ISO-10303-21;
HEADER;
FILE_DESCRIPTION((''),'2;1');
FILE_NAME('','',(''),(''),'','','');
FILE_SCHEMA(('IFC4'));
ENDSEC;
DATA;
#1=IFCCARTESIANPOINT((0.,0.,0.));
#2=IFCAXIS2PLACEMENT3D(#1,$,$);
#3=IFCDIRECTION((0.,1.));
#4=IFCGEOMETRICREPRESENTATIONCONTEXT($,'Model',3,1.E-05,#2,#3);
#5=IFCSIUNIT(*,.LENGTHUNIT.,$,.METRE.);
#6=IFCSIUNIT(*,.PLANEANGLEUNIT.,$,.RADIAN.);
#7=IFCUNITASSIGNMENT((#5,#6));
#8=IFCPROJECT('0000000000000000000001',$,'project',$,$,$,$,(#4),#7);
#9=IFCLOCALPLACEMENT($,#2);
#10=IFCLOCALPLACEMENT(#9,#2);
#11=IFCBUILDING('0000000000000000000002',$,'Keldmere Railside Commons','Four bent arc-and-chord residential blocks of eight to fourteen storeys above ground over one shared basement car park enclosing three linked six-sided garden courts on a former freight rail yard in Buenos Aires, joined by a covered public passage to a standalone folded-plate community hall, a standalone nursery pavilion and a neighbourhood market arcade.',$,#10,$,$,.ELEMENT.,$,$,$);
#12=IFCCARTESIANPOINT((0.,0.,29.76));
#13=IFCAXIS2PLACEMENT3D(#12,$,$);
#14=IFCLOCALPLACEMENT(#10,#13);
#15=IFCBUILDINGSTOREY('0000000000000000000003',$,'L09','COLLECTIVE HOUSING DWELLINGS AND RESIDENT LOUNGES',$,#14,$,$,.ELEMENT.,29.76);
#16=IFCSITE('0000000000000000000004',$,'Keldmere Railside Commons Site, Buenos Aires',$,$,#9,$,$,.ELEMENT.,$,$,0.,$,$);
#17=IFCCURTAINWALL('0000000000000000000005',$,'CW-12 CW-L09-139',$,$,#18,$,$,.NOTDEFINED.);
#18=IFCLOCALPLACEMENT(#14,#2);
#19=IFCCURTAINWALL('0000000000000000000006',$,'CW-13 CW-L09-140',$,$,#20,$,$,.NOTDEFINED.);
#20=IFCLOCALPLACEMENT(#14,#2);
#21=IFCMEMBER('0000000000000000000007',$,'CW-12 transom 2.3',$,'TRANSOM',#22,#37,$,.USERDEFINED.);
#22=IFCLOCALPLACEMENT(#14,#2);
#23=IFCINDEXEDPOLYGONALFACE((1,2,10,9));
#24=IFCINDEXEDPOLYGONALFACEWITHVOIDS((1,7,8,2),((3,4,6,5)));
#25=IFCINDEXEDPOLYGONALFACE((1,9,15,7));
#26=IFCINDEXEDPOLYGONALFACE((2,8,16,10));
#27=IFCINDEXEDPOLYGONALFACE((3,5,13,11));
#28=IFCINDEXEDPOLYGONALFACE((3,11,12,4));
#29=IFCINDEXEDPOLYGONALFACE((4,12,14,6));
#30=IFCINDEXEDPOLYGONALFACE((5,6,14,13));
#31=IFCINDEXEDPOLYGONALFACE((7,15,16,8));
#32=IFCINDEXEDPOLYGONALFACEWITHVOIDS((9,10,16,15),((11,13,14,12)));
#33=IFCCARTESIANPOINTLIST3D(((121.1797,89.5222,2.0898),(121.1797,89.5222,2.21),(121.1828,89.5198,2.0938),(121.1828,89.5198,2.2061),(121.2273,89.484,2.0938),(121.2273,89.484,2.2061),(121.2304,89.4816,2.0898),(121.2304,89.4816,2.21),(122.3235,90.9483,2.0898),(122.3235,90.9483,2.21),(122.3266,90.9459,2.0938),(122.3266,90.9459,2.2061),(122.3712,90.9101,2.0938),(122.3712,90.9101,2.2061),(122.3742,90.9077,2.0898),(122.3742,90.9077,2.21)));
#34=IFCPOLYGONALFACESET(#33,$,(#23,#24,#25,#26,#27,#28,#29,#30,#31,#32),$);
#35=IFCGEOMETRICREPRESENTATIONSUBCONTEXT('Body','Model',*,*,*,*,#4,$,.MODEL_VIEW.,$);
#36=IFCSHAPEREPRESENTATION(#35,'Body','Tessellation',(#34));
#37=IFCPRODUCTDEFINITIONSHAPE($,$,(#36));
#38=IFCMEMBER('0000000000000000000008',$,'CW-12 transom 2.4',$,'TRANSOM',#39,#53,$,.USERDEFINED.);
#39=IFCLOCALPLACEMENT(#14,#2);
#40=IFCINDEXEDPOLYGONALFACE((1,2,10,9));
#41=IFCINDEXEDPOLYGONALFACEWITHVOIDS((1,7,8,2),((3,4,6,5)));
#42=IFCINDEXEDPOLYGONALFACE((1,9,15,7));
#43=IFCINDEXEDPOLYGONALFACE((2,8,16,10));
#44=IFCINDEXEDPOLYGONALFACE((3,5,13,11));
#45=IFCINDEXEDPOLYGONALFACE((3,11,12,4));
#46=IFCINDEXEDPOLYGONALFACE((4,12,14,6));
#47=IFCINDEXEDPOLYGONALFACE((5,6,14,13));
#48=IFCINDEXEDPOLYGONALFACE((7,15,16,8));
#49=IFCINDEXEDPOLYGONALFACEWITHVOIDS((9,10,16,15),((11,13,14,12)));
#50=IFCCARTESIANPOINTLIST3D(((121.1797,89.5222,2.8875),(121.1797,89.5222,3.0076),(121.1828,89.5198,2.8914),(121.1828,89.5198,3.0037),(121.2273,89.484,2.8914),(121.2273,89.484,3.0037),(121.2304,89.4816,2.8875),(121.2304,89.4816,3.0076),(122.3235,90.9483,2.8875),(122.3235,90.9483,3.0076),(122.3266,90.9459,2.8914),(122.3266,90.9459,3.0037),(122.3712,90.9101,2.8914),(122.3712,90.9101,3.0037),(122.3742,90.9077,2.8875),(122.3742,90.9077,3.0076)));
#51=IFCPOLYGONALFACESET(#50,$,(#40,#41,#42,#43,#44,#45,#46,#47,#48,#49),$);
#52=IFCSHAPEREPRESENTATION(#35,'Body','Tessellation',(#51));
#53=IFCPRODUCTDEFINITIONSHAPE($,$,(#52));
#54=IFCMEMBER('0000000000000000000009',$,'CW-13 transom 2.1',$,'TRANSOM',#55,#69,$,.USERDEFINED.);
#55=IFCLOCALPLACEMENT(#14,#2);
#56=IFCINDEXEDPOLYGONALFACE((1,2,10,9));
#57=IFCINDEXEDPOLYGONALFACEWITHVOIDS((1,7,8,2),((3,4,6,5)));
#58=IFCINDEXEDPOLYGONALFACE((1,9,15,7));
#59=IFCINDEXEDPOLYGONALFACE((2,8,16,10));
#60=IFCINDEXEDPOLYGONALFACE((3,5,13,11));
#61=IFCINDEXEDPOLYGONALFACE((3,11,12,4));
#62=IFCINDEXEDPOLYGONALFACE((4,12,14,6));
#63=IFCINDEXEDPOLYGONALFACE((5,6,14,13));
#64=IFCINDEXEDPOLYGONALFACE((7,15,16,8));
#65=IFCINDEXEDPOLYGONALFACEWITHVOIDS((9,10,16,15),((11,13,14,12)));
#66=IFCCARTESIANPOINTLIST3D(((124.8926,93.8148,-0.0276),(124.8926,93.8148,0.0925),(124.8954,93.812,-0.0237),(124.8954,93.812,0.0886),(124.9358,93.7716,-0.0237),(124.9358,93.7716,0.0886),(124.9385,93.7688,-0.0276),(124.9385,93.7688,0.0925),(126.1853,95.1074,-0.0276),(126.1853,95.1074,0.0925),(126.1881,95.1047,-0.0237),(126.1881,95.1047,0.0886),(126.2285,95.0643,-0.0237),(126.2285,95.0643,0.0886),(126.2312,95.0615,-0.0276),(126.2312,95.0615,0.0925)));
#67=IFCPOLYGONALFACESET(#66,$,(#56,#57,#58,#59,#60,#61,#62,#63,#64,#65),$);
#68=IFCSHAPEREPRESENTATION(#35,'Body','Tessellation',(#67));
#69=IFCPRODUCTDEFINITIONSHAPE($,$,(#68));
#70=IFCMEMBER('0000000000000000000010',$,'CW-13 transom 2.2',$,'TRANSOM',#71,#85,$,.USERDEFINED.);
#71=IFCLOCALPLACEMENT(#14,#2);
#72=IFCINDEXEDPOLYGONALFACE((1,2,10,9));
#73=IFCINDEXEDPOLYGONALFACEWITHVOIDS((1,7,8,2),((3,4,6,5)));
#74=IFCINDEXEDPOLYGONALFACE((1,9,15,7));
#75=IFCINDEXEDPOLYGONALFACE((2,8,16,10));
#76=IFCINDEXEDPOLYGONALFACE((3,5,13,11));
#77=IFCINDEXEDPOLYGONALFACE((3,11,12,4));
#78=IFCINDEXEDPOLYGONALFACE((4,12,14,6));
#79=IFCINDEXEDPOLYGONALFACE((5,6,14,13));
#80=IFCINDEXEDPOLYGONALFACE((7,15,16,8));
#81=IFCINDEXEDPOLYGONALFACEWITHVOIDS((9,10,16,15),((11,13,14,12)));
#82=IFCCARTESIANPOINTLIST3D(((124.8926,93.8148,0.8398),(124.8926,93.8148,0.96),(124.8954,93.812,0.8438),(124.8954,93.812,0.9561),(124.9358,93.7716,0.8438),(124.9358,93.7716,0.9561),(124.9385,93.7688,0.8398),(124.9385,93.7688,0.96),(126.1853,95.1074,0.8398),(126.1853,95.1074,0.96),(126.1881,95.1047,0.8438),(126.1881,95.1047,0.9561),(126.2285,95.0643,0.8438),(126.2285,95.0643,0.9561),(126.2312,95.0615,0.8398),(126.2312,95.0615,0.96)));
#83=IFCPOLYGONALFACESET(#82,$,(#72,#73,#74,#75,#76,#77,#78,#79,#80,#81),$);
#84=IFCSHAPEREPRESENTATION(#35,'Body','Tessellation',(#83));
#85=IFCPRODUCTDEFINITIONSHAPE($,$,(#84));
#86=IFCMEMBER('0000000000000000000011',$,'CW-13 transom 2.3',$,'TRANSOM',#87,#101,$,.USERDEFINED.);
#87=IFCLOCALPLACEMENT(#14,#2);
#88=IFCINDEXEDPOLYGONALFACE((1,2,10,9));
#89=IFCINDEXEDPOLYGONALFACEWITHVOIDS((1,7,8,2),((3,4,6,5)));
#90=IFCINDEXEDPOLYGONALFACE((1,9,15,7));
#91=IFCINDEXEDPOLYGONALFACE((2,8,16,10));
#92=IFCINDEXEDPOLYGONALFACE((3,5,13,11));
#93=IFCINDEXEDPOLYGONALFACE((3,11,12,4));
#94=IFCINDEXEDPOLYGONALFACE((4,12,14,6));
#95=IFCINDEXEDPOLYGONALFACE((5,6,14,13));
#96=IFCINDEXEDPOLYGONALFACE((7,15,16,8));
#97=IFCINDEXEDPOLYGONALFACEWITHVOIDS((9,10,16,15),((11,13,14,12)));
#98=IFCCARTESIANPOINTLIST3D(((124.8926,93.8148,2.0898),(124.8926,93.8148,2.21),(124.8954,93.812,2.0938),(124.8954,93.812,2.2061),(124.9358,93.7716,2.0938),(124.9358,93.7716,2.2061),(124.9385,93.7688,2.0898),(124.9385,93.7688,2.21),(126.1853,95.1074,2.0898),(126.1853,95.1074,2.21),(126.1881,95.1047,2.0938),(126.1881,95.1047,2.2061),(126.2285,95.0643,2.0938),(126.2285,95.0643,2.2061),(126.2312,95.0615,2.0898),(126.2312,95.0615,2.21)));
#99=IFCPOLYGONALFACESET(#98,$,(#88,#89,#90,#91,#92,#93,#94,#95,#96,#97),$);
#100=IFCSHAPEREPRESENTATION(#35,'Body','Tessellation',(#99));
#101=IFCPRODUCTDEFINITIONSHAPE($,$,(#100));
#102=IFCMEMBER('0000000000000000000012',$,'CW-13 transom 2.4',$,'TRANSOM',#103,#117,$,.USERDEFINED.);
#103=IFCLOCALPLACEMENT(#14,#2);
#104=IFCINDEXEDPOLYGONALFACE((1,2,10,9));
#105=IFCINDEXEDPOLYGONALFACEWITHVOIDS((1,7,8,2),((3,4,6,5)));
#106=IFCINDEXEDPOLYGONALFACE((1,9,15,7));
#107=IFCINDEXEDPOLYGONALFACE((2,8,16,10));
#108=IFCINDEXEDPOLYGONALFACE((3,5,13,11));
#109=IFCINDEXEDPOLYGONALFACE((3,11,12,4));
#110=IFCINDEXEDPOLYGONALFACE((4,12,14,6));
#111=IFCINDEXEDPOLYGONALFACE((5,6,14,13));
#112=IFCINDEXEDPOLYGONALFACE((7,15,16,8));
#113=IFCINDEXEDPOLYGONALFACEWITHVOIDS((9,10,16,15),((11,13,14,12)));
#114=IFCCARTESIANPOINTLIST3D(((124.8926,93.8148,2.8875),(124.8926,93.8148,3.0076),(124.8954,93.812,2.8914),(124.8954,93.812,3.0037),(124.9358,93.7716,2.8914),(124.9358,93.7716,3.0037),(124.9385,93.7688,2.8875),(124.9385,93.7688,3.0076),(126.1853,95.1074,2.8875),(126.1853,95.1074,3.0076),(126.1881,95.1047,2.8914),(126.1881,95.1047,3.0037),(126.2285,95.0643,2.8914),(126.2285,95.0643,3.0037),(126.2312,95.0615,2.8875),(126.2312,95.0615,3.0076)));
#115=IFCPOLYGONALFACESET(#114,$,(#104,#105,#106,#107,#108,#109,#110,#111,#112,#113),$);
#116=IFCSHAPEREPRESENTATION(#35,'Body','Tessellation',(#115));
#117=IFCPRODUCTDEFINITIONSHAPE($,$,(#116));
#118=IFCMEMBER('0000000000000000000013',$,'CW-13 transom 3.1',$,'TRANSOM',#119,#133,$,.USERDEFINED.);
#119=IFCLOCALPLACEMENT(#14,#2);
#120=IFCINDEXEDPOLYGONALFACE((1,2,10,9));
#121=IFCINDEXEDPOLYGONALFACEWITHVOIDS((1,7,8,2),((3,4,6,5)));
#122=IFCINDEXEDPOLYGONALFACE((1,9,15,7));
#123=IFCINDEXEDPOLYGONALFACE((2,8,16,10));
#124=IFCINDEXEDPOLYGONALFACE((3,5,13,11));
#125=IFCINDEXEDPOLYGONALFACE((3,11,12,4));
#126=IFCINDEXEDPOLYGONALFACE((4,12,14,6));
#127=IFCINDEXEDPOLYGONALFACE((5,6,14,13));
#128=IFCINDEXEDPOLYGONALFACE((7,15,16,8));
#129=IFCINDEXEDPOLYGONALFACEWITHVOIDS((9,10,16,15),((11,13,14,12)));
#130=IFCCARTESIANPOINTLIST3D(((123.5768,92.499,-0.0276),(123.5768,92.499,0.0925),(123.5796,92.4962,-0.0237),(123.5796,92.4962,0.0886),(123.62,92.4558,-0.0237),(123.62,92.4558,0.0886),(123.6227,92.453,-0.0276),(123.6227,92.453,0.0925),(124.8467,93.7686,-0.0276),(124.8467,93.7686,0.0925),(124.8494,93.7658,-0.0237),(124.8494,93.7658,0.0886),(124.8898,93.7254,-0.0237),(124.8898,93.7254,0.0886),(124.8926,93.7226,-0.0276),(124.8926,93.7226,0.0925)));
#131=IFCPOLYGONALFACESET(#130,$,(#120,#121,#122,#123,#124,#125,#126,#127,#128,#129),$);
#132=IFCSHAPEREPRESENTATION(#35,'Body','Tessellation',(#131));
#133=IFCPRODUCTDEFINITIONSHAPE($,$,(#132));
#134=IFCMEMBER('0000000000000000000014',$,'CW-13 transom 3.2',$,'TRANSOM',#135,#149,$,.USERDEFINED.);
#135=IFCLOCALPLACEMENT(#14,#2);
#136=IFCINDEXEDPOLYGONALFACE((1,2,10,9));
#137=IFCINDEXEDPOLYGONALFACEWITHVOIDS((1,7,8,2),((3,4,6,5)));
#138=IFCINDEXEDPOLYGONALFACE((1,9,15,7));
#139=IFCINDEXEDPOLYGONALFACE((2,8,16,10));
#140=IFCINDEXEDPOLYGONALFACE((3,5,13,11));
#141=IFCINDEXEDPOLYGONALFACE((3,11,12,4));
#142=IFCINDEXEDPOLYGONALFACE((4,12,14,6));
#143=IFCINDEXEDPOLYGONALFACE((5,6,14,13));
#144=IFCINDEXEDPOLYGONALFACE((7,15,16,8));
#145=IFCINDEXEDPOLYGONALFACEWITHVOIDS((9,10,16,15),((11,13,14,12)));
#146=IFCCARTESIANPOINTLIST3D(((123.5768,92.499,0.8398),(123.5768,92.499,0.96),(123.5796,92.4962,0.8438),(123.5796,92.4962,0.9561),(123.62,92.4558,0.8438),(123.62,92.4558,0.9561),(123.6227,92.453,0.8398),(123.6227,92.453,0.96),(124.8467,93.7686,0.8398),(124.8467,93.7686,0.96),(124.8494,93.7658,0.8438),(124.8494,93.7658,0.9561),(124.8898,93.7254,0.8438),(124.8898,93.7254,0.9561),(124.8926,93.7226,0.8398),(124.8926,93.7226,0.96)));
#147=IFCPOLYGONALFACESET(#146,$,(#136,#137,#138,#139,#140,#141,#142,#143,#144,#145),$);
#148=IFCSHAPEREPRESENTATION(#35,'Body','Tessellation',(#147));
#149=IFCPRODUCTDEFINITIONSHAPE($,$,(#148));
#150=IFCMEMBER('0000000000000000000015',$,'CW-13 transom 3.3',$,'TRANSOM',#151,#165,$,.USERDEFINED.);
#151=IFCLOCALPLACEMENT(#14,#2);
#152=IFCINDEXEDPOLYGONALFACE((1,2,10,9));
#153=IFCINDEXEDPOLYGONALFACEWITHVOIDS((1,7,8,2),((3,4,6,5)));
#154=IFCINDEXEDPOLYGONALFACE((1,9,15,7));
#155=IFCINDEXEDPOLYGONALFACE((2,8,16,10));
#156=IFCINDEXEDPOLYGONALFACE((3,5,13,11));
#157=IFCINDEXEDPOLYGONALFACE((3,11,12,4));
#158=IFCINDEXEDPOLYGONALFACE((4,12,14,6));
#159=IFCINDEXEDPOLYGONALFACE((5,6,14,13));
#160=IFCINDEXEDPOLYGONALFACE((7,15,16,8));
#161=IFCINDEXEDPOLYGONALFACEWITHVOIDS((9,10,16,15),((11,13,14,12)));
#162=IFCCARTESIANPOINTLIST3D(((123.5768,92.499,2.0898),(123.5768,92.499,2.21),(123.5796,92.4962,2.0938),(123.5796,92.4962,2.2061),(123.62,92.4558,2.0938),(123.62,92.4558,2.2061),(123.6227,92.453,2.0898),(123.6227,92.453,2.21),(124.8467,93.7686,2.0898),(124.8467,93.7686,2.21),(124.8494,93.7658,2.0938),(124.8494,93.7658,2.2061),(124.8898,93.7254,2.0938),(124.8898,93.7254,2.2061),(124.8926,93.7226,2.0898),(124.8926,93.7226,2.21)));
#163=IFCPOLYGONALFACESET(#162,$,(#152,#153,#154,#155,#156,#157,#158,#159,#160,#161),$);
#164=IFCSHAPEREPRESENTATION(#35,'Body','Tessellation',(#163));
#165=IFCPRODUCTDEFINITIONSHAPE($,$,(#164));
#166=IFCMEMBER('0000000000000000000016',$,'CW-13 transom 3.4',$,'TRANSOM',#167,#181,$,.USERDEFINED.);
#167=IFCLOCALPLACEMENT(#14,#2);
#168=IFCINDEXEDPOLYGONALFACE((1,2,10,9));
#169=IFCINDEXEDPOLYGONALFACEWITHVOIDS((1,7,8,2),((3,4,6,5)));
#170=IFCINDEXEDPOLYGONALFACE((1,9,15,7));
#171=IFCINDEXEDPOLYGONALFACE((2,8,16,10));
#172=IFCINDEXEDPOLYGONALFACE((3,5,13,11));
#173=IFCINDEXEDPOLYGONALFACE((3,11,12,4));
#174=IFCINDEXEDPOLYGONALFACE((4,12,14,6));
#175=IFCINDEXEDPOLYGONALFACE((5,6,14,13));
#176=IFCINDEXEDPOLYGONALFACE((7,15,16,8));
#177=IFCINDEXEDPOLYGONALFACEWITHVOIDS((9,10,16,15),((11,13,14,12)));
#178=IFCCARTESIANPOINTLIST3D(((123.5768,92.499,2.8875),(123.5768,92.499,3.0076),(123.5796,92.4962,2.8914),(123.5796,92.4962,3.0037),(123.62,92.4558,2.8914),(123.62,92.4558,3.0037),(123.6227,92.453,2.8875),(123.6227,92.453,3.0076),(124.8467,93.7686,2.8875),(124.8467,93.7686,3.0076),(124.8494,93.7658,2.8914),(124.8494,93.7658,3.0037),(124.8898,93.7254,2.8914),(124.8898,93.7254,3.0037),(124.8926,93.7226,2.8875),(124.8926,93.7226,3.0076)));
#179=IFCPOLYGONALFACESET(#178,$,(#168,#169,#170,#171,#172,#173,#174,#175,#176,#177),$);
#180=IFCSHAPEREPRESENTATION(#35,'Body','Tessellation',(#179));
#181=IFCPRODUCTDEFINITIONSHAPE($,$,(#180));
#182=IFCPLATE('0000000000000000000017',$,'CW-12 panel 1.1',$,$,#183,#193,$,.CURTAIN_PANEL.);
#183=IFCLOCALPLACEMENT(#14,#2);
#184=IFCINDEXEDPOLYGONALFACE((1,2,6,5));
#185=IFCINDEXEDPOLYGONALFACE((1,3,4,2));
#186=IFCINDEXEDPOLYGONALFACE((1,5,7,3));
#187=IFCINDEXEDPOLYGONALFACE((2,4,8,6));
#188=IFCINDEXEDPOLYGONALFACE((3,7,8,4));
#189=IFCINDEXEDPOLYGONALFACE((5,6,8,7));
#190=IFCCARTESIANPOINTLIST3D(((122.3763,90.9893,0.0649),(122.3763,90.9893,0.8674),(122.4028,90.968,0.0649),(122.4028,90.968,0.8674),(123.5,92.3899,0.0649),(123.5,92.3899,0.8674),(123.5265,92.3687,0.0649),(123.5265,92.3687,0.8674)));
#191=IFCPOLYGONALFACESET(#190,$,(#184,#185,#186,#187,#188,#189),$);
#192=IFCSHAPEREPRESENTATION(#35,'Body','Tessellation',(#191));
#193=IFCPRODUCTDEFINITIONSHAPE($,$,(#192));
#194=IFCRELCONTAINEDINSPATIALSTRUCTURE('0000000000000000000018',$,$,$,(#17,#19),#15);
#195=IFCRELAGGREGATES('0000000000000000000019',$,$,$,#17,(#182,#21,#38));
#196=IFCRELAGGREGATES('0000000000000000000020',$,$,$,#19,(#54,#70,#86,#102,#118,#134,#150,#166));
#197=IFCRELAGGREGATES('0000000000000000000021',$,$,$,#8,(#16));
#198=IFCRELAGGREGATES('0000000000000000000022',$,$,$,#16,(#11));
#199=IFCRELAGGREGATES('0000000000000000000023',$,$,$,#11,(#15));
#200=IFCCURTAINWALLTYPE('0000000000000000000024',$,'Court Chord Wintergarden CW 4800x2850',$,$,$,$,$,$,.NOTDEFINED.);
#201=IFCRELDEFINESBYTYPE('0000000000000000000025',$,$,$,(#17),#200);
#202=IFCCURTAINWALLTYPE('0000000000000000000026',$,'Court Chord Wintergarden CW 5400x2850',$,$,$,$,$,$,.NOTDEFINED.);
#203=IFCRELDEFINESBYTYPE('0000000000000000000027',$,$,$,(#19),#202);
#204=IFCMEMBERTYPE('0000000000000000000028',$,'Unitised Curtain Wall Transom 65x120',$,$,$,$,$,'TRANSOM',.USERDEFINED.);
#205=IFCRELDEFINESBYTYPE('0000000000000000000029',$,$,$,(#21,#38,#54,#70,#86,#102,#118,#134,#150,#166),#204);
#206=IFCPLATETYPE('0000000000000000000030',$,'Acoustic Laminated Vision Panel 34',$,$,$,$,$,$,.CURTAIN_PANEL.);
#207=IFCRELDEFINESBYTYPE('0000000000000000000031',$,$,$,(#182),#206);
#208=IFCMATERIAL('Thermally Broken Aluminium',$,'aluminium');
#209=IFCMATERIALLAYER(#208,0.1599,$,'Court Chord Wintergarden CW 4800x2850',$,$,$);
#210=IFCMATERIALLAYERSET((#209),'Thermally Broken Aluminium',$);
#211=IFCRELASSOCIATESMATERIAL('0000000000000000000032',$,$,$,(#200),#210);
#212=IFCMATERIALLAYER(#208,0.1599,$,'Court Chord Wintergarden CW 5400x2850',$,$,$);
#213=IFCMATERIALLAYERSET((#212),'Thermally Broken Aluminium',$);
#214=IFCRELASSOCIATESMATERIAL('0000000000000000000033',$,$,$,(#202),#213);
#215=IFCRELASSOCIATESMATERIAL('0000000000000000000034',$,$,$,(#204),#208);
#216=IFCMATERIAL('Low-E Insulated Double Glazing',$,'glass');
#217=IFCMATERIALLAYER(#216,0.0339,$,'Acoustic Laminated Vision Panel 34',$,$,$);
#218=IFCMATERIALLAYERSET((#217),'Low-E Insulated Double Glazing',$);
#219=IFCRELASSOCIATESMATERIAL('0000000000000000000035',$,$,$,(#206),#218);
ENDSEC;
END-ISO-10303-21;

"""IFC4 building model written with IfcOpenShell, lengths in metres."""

from ifc_helpers import new_model, si_unit, direction, frame, origin, origin_2d, place, context, subcontext, project, spatial, rectangle, hollow_rectangle, extrude, material, layer, layer_set, material_profile, profile_set, type_object, element, aggregate, save


model = new_model("IFC4")

# Units and contexts
model_context = context("Model", 3, precision=1e-05, world=origin(), true_north=direction((0.0, 1.0)))
body_context = subcontext(model_context, "Body", "Model", "MODEL_VIEW")
ifc_project = project(units=[si_unit("LENGTHUNIT", "METRE"), si_unit("PLANEANGLEUNIT", "RADIAN")], contexts=[model_context])

# Site, building, storey
site_placement = place(None, origin())
site = spatial("IfcSite", under=ifc_project, at=site_placement, Name="Keldmere Railside Commons Site, Buenos Aires", CompositionType="ELEMENT", RefElevation=0.0)
building_placement = place(site_placement, origin())
building = spatial("IfcBuilding", under=site, at=building_placement, Name="Keldmere Railside Commons", Description="Four bent arc-and-chord residential blocks of eight to fourteen storeys above ground over one shared basement car park enclosing three linked six-sided garden courts on a former freight rail yard in Buenos Aires, joined by a covered public passage to a standalone folded-plate community hall, a standalone nursery pavilion and a neighbourhood market arcade.", CompositionType="ELEMENT")
storey_placement = place(building_placement, frame((0.0, 0.0, 29.76)))
storey = spatial("IfcBuildingStorey", under=building, at=storey_placement, Name="L09", Description="COLLECTIVE HOUSING DWELLINGS AND RESIDENT LOUNGES", CompositionType="ELEMENT", Elevation=29.76)

# Curtain walls
ifc_material_1 = material(Name="Thermally Broken Aluminium", Category="aluminium")
ifc_layer_1 = layer(ifc_material_1, 0.1599, Name="Court Chord Wintergarden CW 4800x2850")
ifc_layer_set_1 = layer_set([ifc_layer_1], Name="Thermally Broken Aluminium")
curtain_wall_type_1 = type_object("IfcCurtainWallType", Name="Court Chord Wintergarden CW 4800x2850", PredefinedType="NOTDEFINED", material=ifc_layer_set_1)
curtain_wall_1_placement = place(storey_placement, origin())
curtain_wall_1 = element("IfcCurtainWall", 1, at=curtain_wall_1_placement, inside=storey, type_object=curtain_wall_type_1, Name="CW-12 CW-L09-139", PredefinedType="NOTDEFINED")
ifc_layer_2 = layer(ifc_material_1, 0.1599, Name="Court Chord Wintergarden CW 5400x2850")
ifc_layer_set_2 = layer_set([ifc_layer_2], Name="Thermally Broken Aluminium")
curtain_wall_type_2 = type_object("IfcCurtainWallType", Name="Court Chord Wintergarden CW 5400x2850", PredefinedType="NOTDEFINED", material=ifc_layer_set_2)
curtain_wall_2_placement = place(storey_placement, origin())
curtain_wall_2 = element("IfcCurtainWall", 2, at=curtain_wall_2_placement, inside=storey, type_object=curtain_wall_type_2, Name="CW-13 CW-L09-140", PredefinedType="NOTDEFINED")

# Members
ifc_material_profile_1 = material_profile(ifc_material_1, hollow_rectangle(XDim=0.0649, YDim=0.1201, WallThickness=0.0039, at=origin_2d()), Name="ALU-TRAN-65x120")
ifc_profile_set_1 = profile_set([ifc_material_profile_1], Name="Thermally Broken Aluminium")
member_type_1 = type_object("IfcMemberType", Name="Unitised Curtain Wall Transom 65x120", ElementType="TRANSOM", PredefinedType="USERDEFINED", material=ifc_profile_set_1)
member_1_placement = place(storey_placement, frame((122.3489, 90.928, 2.1499), z_axis=(-0.625688, -0.780073, 0.0), x_axis=(0.780073, -0.625688, 0.0)))
member_1 = element("IfcMember", 3, at=member_1_placement, type_object=member_type_1, Name="CW-12 transom 2.3", ObjectType="TRANSOM", PredefinedType="USERDEFINED", context=body_context, shape_type="SweptSolid", body=[
    extrude(hollow_rectangle(XDim=0.0649, YDim=0.1201, WallThickness=0.0039, at=origin_2d()), origin(), (0.0, 0.0, 1.0), 1.8281),
])
member_2_placement = place(storey_placement, frame((122.3489, 90.928, 2.9475), z_axis=(-0.625688, -0.780073, 0.0), x_axis=(0.780073, -0.625688, 0.0)))
member_2 = element("IfcMember", 4, at=member_2_placement, type_object=member_type_1, Name="CW-12 transom 2.4", ObjectType="TRANSOM", PredefinedType="USERDEFINED", context=body_context, shape_type="SweptSolid", body=[
    extrude(hollow_rectangle(XDim=0.0649, YDim=0.1201, WallThickness=0.0039, at=origin_2d()), origin(), (0.0, 0.0, 1.0), 1.8281),
])
member_3_placement = place(storey_placement, frame((126.2083, 95.0845, 0.0325), z_axis=(-0.707107, -0.707107, 0.0), x_axis=(0.707107, -0.707107, 0.0)))
member_3 = element("IfcMember", 5, at=member_3_placement, type_object=member_type_1, Name="CW-13 transom 2.1", ObjectType="TRANSOM", PredefinedType="USERDEFINED", context=body_context, shape_type="SweptSolid", body=[
    extrude(hollow_rectangle(XDim=0.0649, YDim=0.1201, WallThickness=0.0039, at=origin_2d()), origin(), (0.0, 0.0, 1.0), 1.8281),
])
member_4_placement = place(storey_placement, frame((126.2083, 95.0845, 0.8999), z_axis=(-0.707107, -0.707107, 0.0), x_axis=(0.707107, -0.707107, 0.0)))
member_4 = element("IfcMember", 6, at=member_4_placement, type_object=member_type_1, Name="CW-13 transom 2.2", ObjectType="TRANSOM", PredefinedType="USERDEFINED", context=body_context, shape_type="SweptSolid", body=[
    extrude(hollow_rectangle(XDim=0.0649, YDim=0.1201, WallThickness=0.0039, at=origin_2d()), origin(), (0.0, 0.0, 1.0), 1.8281),
])
member_5_placement = place(storey_placement, frame((126.2083, 95.0845, 2.1499), z_axis=(-0.707107, -0.707107, 0.0), x_axis=(0.707107, -0.707107, 0.0)))
member_5 = element("IfcMember", 7, at=member_5_placement, type_object=member_type_1, Name="CW-13 transom 2.3", ObjectType="TRANSOM", PredefinedType="USERDEFINED", context=body_context, shape_type="SweptSolid", body=[
    extrude(hollow_rectangle(XDim=0.0649, YDim=0.1201, WallThickness=0.0039, at=origin_2d()), origin(), (0.0, 0.0, 1.0), 1.8281),
])
member_6_placement = place(storey_placement, frame((126.2083, 95.0845, 2.9475), z_axis=(-0.707107, -0.707107, 0.0), x_axis=(0.707107, -0.707107, 0.0)))
member_6 = element("IfcMember", 8, at=member_6_placement, type_object=member_type_1, Name="CW-13 transom 2.4", ObjectType="TRANSOM", PredefinedType="USERDEFINED", context=body_context, shape_type="SweptSolid", body=[
    extrude(hollow_rectangle(XDim=0.0649, YDim=0.1201, WallThickness=0.0039, at=origin_2d()), origin(), (0.0, 0.0, 1.0), 1.8281),
])
member_7_placement = place(storey_placement, frame((124.8696, 93.7456, 0.0325), z_axis=(-0.707175, -0.707039, 0.0), x_axis=(0.707039, -0.707175, 0.0)))
member_7 = element("IfcMember", 9, at=member_7_placement, type_object=member_type_1, Name="CW-13 transom 3.1", ObjectType="TRANSOM", PredefinedType="USERDEFINED", context=body_context, shape_type="SweptSolid", body=[
    extrude(hollow_rectangle(XDim=0.0649, YDim=0.1201, WallThickness=0.0039, at=origin_2d()), origin(), (0.0, 0.0, 1.0), 1.7957),
])
member_8_placement = place(storey_placement, frame((124.8696, 93.7456, 0.8999), z_axis=(-0.707175, -0.707039, 0.0), x_axis=(0.707039, -0.707175, 0.0)))
member_8 = element("IfcMember", 10, at=member_8_placement, type_object=member_type_1, Name="CW-13 transom 3.2", ObjectType="TRANSOM", PredefinedType="USERDEFINED", context=body_context, shape_type="SweptSolid", body=[
    extrude(hollow_rectangle(XDim=0.0649, YDim=0.1201, WallThickness=0.0039, at=origin_2d()), origin(), (0.0, 0.0, 1.0), 1.7957),
])
member_9_placement = place(storey_placement, frame((124.8696, 93.7456, 2.1499), z_axis=(-0.707175, -0.707039, 0.0), x_axis=(0.707039, -0.707175, 0.0)))
member_9 = element("IfcMember", 11, at=member_9_placement, type_object=member_type_1, Name="CW-13 transom 3.3", ObjectType="TRANSOM", PredefinedType="USERDEFINED", context=body_context, shape_type="SweptSolid", body=[
    extrude(hollow_rectangle(XDim=0.0649, YDim=0.1201, WallThickness=0.0039, at=origin_2d()), origin(), (0.0, 0.0, 1.0), 1.7957),
])
member_10_placement = place(storey_placement, frame((124.8696, 93.7456, 2.9475), z_axis=(-0.707175, -0.707039, 0.0), x_axis=(0.707039, -0.707175, 0.0)))
member_10 = element("IfcMember", 12, at=member_10_placement, type_object=member_type_1, Name="CW-13 transom 3.4", ObjectType="TRANSOM", PredefinedType="USERDEFINED", context=body_context, shape_type="SweptSolid", body=[
    extrude(hollow_rectangle(XDim=0.0649, YDim=0.1201, WallThickness=0.0039, at=origin_2d()), origin(), (0.0, 0.0, 1.0), 1.7957),
])

# Plate
ifc_material_2 = material(Name="Low-E Insulated Double Glazing", Category="glass")
ifc_layer_3 = layer(ifc_material_2, 0.0339, Name="Acoustic Laminated Vision Panel 34")
ifc_layer_set_3 = layer_set([ifc_layer_3], Name="Low-E Insulated Double Glazing")
plate_type_1 = type_object("IfcPlateType", Name="Acoustic Laminated Vision Panel 34", PredefinedType="CURTAIN_PANEL", material=ifc_layer_set_3)
plate_1_placement = place(storey_placement, frame((122.9514, 91.679, 0.0649), z_axis=(0.0, 0.0, 1.0), x_axis=(-0.625768, -0.780009, 0.0)))
plate_1 = element("IfcPlate", 13, at=plate_1_placement, type_object=plate_type_1, Name="CW-12 panel 1.1", PredefinedType="CURTAIN_PANEL", context=body_context, shape_type="SweptSolid", body=[
    extrude(rectangle(XDim=1.7957, YDim=0.0339, at=origin_2d()), origin(), (0.0, 0.0, 1.0), 0.8025),
])
aggregate(curtain_wall_1, [plate_1, member_1, member_2])
aggregate(curtain_wall_2, [member_3, member_4, member_5, member_6, member_7, member_8, member_9, member_10])

save(model, "model.ifc")
